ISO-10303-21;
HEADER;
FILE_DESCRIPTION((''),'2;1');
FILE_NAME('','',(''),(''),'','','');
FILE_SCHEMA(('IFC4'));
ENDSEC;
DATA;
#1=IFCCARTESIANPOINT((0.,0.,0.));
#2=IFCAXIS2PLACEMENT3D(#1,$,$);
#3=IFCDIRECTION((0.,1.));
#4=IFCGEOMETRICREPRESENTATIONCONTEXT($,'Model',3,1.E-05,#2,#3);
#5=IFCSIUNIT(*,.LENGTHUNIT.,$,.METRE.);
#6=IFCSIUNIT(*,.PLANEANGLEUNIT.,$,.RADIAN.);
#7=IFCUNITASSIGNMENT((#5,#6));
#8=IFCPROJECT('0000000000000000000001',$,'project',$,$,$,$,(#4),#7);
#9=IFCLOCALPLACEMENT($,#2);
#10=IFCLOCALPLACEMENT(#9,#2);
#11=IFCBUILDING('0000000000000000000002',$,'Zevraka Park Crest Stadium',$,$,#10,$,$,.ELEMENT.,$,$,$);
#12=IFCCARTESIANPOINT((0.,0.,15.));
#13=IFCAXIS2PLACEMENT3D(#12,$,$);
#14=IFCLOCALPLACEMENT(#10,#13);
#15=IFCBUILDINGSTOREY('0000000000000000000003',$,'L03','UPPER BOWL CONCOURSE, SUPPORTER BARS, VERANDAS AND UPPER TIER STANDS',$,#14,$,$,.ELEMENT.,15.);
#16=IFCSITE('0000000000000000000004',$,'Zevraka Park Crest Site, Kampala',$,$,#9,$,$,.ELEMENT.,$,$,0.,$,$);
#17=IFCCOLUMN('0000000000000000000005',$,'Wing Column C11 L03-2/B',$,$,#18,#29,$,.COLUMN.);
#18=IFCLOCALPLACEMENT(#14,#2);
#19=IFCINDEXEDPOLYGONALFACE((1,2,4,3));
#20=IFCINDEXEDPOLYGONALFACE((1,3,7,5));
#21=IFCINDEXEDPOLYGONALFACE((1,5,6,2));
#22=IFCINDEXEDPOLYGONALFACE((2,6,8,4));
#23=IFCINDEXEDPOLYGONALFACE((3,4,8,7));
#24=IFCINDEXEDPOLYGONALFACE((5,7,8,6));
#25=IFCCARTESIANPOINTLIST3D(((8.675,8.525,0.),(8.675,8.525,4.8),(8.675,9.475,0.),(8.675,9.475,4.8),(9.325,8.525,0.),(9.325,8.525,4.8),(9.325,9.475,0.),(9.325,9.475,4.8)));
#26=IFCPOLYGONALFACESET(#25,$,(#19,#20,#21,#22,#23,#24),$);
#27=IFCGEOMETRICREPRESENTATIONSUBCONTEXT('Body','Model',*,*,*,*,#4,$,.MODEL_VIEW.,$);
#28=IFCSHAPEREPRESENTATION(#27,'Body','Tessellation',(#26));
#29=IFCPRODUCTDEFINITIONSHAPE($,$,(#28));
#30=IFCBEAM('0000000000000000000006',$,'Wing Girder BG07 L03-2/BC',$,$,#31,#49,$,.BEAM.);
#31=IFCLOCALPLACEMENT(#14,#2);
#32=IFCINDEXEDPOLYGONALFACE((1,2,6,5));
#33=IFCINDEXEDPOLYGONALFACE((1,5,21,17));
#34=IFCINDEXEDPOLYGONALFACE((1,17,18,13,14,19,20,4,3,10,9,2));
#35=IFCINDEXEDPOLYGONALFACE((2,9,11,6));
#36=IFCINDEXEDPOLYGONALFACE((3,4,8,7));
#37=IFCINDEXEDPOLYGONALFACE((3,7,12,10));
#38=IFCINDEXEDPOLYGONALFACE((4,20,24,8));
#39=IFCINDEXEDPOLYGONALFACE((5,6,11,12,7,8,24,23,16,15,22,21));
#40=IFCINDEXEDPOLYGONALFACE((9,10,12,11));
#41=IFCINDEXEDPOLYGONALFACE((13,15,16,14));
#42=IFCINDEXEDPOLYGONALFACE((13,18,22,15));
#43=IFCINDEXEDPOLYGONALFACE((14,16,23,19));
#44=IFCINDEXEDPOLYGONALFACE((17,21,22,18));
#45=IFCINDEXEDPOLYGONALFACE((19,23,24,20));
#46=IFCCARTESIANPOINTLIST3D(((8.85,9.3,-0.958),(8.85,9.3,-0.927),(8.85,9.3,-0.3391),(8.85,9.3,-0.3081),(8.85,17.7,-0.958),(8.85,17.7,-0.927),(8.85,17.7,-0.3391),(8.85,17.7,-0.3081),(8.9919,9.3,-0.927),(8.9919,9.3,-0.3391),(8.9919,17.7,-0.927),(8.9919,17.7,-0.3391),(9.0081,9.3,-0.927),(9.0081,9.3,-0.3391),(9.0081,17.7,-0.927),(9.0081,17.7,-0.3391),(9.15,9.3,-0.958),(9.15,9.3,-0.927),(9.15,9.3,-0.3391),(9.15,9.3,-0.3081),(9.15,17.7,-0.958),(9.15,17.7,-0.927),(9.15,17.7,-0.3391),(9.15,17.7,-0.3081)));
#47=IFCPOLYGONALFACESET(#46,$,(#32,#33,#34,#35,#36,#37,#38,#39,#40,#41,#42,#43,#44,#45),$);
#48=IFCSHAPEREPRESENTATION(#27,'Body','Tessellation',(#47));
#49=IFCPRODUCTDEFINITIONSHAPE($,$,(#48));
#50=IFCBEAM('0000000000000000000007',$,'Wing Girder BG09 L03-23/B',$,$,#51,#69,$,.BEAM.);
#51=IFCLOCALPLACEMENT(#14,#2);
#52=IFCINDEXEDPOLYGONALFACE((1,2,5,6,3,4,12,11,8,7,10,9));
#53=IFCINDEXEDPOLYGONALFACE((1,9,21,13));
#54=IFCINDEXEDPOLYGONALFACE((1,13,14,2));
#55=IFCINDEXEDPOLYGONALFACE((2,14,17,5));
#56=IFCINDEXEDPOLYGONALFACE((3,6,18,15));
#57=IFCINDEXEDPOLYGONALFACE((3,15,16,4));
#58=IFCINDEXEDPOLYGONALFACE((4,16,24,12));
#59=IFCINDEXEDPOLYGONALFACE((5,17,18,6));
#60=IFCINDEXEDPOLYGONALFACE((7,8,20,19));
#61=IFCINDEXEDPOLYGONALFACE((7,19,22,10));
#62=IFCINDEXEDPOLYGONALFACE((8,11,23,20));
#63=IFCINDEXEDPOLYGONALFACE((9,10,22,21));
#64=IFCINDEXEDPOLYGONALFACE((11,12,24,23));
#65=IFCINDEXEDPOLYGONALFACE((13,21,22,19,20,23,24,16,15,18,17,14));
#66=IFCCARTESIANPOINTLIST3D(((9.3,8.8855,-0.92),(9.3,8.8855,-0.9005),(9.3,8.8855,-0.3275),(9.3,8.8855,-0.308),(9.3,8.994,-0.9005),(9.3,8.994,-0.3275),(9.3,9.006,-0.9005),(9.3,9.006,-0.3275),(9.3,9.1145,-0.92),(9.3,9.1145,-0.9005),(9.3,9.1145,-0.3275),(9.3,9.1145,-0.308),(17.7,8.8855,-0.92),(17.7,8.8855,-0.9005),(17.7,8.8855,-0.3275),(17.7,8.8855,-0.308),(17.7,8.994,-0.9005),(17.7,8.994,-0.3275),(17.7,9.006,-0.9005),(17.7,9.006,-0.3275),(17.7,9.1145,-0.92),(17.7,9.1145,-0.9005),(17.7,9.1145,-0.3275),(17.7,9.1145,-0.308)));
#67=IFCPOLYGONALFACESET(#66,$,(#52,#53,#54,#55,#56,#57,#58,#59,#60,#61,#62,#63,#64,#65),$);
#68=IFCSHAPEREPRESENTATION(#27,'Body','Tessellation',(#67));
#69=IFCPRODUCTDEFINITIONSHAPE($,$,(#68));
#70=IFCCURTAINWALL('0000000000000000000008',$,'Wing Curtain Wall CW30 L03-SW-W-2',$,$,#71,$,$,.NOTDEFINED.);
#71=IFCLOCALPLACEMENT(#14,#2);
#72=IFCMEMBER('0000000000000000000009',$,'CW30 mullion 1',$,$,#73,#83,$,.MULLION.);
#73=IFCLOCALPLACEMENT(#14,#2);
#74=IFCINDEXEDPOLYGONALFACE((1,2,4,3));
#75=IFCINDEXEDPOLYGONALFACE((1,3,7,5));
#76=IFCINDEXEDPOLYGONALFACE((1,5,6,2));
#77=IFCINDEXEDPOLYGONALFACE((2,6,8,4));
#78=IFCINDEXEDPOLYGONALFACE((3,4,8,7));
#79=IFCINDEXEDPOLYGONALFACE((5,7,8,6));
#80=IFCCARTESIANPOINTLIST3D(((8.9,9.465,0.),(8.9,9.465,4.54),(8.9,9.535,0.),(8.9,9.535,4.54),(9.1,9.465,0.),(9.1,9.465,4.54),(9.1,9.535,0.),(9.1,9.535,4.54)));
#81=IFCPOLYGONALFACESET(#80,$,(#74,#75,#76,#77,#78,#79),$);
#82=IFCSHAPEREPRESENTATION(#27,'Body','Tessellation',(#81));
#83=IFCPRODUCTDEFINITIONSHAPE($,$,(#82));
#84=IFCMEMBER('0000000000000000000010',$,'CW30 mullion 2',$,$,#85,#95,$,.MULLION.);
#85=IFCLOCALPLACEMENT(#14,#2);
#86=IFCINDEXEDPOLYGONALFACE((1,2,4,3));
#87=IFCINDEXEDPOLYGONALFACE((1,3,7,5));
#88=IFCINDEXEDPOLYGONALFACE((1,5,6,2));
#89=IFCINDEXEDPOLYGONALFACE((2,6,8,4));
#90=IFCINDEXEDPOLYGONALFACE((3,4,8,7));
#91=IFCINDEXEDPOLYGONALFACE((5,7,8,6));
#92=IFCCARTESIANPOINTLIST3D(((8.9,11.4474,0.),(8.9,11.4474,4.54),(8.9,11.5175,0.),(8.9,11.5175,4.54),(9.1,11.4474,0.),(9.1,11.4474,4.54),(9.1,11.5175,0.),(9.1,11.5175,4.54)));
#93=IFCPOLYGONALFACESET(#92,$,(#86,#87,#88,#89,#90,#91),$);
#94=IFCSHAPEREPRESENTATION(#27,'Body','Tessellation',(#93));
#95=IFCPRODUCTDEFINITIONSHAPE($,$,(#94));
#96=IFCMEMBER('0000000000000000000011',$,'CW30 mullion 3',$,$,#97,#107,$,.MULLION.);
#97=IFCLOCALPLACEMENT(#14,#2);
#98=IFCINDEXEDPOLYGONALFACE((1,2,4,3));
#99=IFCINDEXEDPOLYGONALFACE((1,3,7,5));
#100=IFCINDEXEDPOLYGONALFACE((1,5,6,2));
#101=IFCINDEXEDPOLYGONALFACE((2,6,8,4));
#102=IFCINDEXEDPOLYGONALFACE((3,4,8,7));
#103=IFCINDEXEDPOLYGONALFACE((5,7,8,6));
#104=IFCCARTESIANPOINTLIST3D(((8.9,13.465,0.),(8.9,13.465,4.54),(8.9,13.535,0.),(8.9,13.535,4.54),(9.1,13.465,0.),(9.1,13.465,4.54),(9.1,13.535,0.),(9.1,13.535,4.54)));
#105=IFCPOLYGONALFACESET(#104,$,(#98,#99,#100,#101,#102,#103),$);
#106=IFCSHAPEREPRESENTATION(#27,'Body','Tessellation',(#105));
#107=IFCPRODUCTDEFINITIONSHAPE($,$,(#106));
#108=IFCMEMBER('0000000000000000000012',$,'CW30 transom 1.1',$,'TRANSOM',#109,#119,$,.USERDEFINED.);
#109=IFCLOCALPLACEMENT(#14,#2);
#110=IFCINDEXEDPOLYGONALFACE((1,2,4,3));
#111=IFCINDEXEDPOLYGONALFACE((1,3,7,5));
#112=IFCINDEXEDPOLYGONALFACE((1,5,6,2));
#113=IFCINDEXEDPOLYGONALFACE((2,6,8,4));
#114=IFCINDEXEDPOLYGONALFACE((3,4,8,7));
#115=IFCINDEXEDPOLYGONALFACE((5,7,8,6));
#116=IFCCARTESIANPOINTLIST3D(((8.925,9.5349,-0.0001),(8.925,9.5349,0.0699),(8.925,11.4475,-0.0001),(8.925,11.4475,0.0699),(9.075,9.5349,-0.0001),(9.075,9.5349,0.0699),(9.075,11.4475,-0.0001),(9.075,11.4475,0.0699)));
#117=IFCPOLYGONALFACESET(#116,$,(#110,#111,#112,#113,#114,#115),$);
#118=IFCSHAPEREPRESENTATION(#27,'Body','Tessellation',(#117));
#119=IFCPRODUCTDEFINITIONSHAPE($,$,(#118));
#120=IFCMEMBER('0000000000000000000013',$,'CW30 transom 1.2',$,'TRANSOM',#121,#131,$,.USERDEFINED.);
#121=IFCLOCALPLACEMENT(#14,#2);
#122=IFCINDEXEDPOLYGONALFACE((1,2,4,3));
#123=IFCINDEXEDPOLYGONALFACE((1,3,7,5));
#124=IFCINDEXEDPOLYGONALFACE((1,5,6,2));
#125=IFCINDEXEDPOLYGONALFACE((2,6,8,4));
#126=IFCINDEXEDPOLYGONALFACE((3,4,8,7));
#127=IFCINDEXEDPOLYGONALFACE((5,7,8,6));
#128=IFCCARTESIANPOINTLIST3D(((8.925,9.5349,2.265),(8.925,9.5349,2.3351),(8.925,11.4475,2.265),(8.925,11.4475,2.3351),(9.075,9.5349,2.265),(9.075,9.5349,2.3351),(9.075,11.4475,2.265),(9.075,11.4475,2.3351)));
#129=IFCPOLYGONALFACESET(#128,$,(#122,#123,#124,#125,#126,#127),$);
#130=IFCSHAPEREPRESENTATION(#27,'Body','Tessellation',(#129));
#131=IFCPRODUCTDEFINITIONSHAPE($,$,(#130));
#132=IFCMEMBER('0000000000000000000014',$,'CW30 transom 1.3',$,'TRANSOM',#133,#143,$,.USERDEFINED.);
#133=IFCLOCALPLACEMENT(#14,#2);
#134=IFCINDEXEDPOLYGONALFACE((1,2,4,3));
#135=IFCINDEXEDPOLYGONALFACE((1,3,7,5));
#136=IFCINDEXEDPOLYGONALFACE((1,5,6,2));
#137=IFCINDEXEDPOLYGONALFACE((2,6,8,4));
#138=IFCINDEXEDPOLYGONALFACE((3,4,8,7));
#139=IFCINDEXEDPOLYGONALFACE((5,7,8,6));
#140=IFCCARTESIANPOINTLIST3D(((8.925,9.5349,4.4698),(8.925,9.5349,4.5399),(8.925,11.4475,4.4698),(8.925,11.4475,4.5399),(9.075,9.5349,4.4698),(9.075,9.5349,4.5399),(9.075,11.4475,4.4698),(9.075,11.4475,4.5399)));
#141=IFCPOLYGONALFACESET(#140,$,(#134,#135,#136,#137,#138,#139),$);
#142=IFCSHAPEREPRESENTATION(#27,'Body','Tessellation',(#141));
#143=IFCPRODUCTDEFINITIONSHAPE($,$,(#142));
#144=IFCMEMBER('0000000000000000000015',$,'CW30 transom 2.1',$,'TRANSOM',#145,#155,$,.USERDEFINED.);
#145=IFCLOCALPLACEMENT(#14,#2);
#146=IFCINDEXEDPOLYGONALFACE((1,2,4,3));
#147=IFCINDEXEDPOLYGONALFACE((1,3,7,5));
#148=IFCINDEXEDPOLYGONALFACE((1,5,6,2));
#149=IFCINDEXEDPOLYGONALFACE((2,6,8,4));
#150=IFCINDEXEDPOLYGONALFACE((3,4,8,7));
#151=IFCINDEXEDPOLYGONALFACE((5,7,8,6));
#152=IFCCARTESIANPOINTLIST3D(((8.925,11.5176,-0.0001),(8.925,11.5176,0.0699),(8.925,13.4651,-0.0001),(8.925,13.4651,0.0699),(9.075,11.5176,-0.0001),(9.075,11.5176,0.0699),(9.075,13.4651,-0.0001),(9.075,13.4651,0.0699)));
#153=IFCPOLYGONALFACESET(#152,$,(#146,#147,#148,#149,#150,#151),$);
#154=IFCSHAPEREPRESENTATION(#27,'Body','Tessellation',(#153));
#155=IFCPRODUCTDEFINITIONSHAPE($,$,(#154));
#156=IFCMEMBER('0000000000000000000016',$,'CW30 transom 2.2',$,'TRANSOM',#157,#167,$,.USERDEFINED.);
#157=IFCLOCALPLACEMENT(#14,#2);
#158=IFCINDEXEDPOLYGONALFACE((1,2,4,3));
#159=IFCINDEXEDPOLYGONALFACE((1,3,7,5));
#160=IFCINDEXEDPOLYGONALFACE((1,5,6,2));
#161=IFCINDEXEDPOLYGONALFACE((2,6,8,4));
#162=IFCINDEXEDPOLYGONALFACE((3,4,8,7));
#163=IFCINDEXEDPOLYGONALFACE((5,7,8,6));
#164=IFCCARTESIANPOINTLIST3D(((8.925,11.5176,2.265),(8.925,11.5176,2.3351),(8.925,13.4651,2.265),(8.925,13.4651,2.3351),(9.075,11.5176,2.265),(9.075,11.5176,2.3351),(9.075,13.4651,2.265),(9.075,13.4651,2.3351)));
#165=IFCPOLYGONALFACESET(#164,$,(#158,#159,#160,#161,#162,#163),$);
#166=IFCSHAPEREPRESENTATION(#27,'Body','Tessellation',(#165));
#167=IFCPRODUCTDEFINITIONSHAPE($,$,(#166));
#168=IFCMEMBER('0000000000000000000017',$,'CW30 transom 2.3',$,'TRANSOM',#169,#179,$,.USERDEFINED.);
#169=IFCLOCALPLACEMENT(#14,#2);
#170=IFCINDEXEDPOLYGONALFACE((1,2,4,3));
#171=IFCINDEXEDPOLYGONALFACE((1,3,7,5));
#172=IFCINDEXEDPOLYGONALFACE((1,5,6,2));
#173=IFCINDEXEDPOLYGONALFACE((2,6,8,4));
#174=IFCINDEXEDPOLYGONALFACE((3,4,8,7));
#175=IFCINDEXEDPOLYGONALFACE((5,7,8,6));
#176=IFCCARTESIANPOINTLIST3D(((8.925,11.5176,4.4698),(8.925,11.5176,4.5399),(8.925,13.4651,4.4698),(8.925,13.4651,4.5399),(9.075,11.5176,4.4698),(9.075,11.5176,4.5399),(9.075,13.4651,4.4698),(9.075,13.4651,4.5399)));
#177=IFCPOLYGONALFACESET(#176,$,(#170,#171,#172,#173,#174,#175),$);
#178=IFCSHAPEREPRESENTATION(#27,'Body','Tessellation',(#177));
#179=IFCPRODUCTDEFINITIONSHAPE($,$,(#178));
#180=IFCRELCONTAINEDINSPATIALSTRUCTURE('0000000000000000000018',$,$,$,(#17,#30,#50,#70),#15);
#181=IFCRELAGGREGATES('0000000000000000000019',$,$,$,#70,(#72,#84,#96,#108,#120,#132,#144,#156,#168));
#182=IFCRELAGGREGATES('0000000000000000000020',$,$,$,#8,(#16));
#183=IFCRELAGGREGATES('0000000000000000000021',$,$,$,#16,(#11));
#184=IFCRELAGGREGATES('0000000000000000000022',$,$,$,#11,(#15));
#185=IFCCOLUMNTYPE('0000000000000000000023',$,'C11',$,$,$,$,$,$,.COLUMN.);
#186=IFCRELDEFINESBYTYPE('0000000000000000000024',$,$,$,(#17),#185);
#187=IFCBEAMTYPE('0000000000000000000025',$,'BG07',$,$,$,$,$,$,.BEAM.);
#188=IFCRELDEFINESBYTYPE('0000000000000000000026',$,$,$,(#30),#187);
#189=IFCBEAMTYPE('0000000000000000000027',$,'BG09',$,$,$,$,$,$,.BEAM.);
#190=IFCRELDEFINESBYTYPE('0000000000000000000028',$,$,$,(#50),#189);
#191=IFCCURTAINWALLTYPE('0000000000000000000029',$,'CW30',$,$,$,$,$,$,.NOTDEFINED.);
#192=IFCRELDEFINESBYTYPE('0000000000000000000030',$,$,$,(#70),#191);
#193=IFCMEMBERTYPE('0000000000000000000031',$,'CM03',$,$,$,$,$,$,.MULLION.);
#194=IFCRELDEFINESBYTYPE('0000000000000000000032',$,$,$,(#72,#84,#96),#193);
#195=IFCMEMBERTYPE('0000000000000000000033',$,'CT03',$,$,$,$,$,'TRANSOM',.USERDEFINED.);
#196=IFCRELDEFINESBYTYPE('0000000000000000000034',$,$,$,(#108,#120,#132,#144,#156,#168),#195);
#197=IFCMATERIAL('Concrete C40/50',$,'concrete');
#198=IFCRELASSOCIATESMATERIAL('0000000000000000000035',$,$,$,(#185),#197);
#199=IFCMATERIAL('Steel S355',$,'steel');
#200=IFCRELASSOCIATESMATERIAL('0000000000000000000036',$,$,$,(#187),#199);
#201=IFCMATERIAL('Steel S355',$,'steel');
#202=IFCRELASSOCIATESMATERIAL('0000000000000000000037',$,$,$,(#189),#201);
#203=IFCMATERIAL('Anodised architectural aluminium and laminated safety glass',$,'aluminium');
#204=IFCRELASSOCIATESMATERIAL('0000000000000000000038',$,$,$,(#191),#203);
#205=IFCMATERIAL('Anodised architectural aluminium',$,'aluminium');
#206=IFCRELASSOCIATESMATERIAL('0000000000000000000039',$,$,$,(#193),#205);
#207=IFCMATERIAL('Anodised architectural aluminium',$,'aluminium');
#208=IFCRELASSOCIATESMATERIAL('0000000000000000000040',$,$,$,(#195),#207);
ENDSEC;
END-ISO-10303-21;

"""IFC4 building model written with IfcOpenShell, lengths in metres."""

from ifc_helpers import new_model, si_unit, direction, frame, origin, origin_2d, place, context, subcontext, project, spatial, rectangle, i_section, extrude, material, material_profile, profile_set, type_object, element, aggregate, save


model = new_model("IFC4")

# Units and contexts
model_context = context("Model", 3, precision=1e-05, world=origin(), true_north=direction((0.0, 1.0)))
body_context = subcontext(model_context, "Body", "Model", "MODEL_VIEW")
ifc_project = project(units=[si_unit("LENGTHUNIT", "METRE"), si_unit("PLANEANGLEUNIT", "RADIAN")], contexts=[model_context])

# Site, building, storey
site_placement = place(None, origin())
site = spatial("IfcSite", under=ifc_project, at=site_placement, Name="Zevraka Park Crest Site, Kampala", CompositionType="ELEMENT", RefElevation=0.0)
building_placement = place(site_placement, origin())
building = spatial("IfcBuilding", under=site, at=building_placement, Name="Zevraka Park Crest Stadium", CompositionType="ELEMENT")
storey_placement = place(building_placement, frame((0.0, 0.0, 15.0)))
storey = spatial("IfcBuildingStorey", under=building, at=storey_placement, Name="L03", Description="UPPER BOWL CONCOURSE, SUPPORTER BARS, VERANDAS AND UPPER TIER STANDS", CompositionType="ELEMENT", Elevation=15.0)

# Column
ifc_material_1 = material(Name="Concrete C40/50", Category="concrete")
ifc_material_profile_1 = material_profile(ifc_material_1, rectangle(XDim=0.6499, YDim=0.95, at=origin_2d()), Name="RC 950x650")
ifc_profile_set_1 = profile_set([ifc_material_profile_1], Name="Concrete C40/50")
column_type = type_object("IfcColumnType", Name="C11", PredefinedType="COLUMN", material=ifc_profile_set_1)
column_placement = place(storey_placement, frame((9.0, 9.0, 0.0), z_axis=(0.0, 0.0, 1.0), x_axis=(1.0, 0.0, 0.0)))
element("IfcColumn", 1, at=column_placement, inside=storey, type_object=column_type, Name="Wing Column C11 L03-2/B", PredefinedType="COLUMN", context=body_context, shape_type="SweptSolid", body=[
    extrude(rectangle(XDim=0.6499, YDim=0.95, at=origin_2d()), origin(), (0.0, 0.0, 1.0), 4.8),
])

# Beams
ifc_material_2 = material(Name="Steel S355", Category="steel")
ifc_material_profile_2 = material_profile(ifc_material_2, i_section(OverallWidth=0.3, OverallDepth=0.6499, WebThickness=0.0161, FlangeThickness=0.031, at=origin_2d()), Name="HEB 650")
ifc_profile_set_2 = profile_set([ifc_material_profile_2], Name="Steel S355")
beam_type_1 = type_object("IfcBeamType", Name="BG07", PredefinedType="BEAM", material=ifc_profile_set_2)
beam_1_placement = place(storey_placement, frame((9.0, 9.3, -0.6331), z_axis=(0.0, 1.0, 0.0), x_axis=(-1.0, 0.0, 0.0)))
element("IfcBeam", 2, at=beam_1_placement, inside=storey, type_object=beam_type_1, Name="Wing Girder BG07 L03-2/BC", PredefinedType="BEAM", context=body_context, shape_type="SweptSolid", body=[
    extrude(i_section(OverallWidth=0.3, OverallDepth=0.6499, WebThickness=0.0161, FlangeThickness=0.031, at=origin_2d()), origin(), (0.0, 0.0, 1.0), 8.3999),
])
ifc_material_3 = material(Name="Steel S355", Category="steel")
ifc_material_profile_3 = material_profile(ifc_material_3, i_section(OverallWidth=0.229, OverallDepth=0.6121, WebThickness=0.012, FlangeThickness=0.0195, at=origin_2d()), Name="UKB 610x229x125")
ifc_profile_set_3 = profile_set([ifc_material_profile_3], Name="Steel S355")
beam_type_2 = type_object("IfcBeamType", Name="BG09", PredefinedType="BEAM", material=ifc_profile_set_3)
beam_2_placement = place(storey_placement, frame((9.3, 9.0, -0.614), z_axis=(1.0, 0.0, 0.0), x_axis=(0.0, 1.0, 0.0)))
element("IfcBeam", 3, at=beam_2_placement, inside=storey, type_object=beam_type_2, Name="Wing Girder BG09 L03-23/B", PredefinedType="BEAM", context=body_context, shape_type="SweptSolid", body=[
    extrude(i_section(OverallWidth=0.229, OverallDepth=0.6121, WebThickness=0.012, FlangeThickness=0.0195, at=origin_2d()), origin(), (0.0, 0.0, 1.0), 8.3999),
])

# Curtain wall, members
ifc_material_4 = material(Name="Anodised architectural aluminium and laminated safety glass", Category="aluminium")
curtain_wall_type = type_object("IfcCurtainWallType", Name="CW30", PredefinedType="NOTDEFINED", material=ifc_material_4)
curtain_wall_placement = place(storey_placement, origin())
curtain_wall = element("IfcCurtainWall", 4, at=curtain_wall_placement, inside=storey, type_object=curtain_wall_type, Name="Wing Curtain Wall CW30 L03-SW-W-2", PredefinedType="NOTDEFINED")
ifc_material_5 = material(Name="Anodised architectural aluminium", Category="aluminium")
ifc_material_profile_4 = material_profile(ifc_material_5, rectangle(XDim=0.2, YDim=0.0701, at=origin_2d()), Name="ALU MULLION 200x70")
ifc_profile_set_4 = profile_set([ifc_material_profile_4], Name="Anodised architectural aluminium")
member_type_1 = type_object("IfcMemberType", Name="CM03", PredefinedType="MULLION", material=ifc_profile_set_4)
member_1_placement = place(storey_placement, frame((9.0, 9.5, 0.0), z_axis=(0.0, 0.0, 1.0), x_axis=(-1.0, 0.0, 0.0)))
member_1 = element("IfcMember", 5, at=member_1_placement, type_object=member_type_1, Name="CW30 mullion 1", PredefinedType="MULLION", context=body_context, shape_type="SweptSolid", body=[
    extrude(rectangle(XDim=0.2, YDim=0.0701, at=origin_2d()), origin(), (0.0, 0.0, 1.0), 4.54),
])
member_2_placement = place(storey_placement, frame((9.0, 11.4824, 0.0), z_axis=(0.0, 0.0, 1.0), x_axis=(-1.0, 0.0, 0.0)))
member_2 = element("IfcMember", 6, at=member_2_placement, type_object=member_type_1, Name="CW30 mullion 2", PredefinedType="MULLION", context=body_context, shape_type="SweptSolid", body=[
    extrude(rectangle(XDim=0.2, YDim=0.0701, at=origin_2d()), origin(), (0.0, 0.0, 1.0), 4.54),
])
member_3_placement = place(storey_placement, frame((9.0, 13.5, 0.0), z_axis=(0.0, 0.0, 1.0), x_axis=(-1.0, 0.0, 0.0)))
member_3 = element("IfcMember", 7, at=member_3_placement, type_object=member_type_1, Name="CW30 mullion 3", PredefinedType="MULLION", context=body_context, shape_type="SweptSolid", body=[
    extrude(rectangle(XDim=0.2, YDim=0.0701, at=origin_2d()), origin(), (0.0, 0.0, 1.0), 4.54),
])
ifc_material_6 = material(Name="Anodised architectural aluminium", Category="aluminium")
ifc_material_profile_5 = material_profile(ifc_material_6, rectangle(XDim=0.1499, YDim=0.0701, at=origin_2d()), Name="ALU TRANSOM 150x70")
ifc_profile_set_5 = profile_set([ifc_material_profile_5], Name="Anodised architectural aluminium")
member_type_2 = type_object("IfcMemberType", Name="CT03", ElementType="TRANSOM", PredefinedType="USERDEFINED", material=ifc_profile_set_5)
member_4_placement = place(storey_placement, frame((9.0, 9.5349, 0.0349), z_axis=(0.0, 1.0, 0.0), x_axis=(-1.0, 0.0, 0.0)))
member_4 = element("IfcMember", 8, at=member_4_placement, type_object=member_type_2, Name="CW30 transom 1.1", ObjectType="TRANSOM", PredefinedType="USERDEFINED", context=body_context, shape_type="SweptSolid", body=[
    extrude(rectangle(XDim=0.1499, YDim=0.0701, at=origin_2d()), origin(), (0.0, 0.0, 1.0), 1.9126),
])
member_5_placement = place(storey_placement, frame((9.0, 9.5349, 2.3), z_axis=(0.0, 1.0, 0.0), x_axis=(-1.0, 0.0, 0.0)))
member_5 = element("IfcMember", 9, at=member_5_placement, type_object=member_type_2, Name="CW30 transom 1.2", ObjectType="TRANSOM", PredefinedType="USERDEFINED", context=body_context, shape_type="SweptSolid", body=[
    extrude(rectangle(XDim=0.1499, YDim=0.0701, at=origin_2d()), origin(), (0.0, 0.0, 1.0), 1.9126),
])
member_6_placement = place(storey_placement, frame((9.0, 9.5349, 4.5049), z_axis=(0.0, 1.0, 0.0), x_axis=(-1.0, 0.0, 0.0)))
member_6 = element("IfcMember", 10, at=member_6_placement, type_object=member_type_2, Name="CW30 transom 1.3", ObjectType="TRANSOM", PredefinedType="USERDEFINED", context=body_context, shape_type="SweptSolid", body=[
    extrude(rectangle(XDim=0.1499, YDim=0.0701, at=origin_2d()), origin(), (0.0, 0.0, 1.0), 1.9126),
])
member_7_placement = place(storey_placement, frame((9.0, 11.5176, 0.0349), z_axis=(0.0, 1.0, 0.0), x_axis=(-1.0, 0.0, 0.0)))
member_7 = element("IfcMember", 11, at=member_7_placement, type_object=member_type_2, Name="CW30 transom 2.1", ObjectType="TRANSOM", PredefinedType="USERDEFINED", context=body_context, shape_type="SweptSolid", body=[
    extrude(rectangle(XDim=0.1499, YDim=0.0701, at=origin_2d()), origin(), (0.0, 0.0, 1.0), 1.9475),
])
member_8_placement = place(storey_placement, frame((9.0, 11.5176, 2.3), z_axis=(0.0, 1.0, 0.0), x_axis=(-1.0, 0.0, 0.0)))
member_8 = element("IfcMember", 12, at=member_8_placement, type_object=member_type_2, Name="CW30 transom 2.2", ObjectType="TRANSOM", PredefinedType="USERDEFINED", context=body_context, shape_type="SweptSolid", body=[
    extrude(rectangle(XDim=0.1499, YDim=0.0701, at=origin_2d()), origin(), (0.0, 0.0, 1.0), 1.9475),
])
member_9_placement = place(storey_placement, frame((9.0, 11.5176, 4.5049), z_axis=(0.0, 1.0, 0.0), x_axis=(-1.0, 0.0, 0.0)))
member_9 = element("IfcMember", 13, at=member_9_placement, type_object=member_type_2, Name="CW30 transom 2.3", ObjectType="TRANSOM", PredefinedType="USERDEFINED", context=body_context, shape_type="SweptSolid", body=[
    extrude(rectangle(XDim=0.1499, YDim=0.0701, at=origin_2d()), origin(), (0.0, 0.0, 1.0), 1.9475),
])

aggregate(curtain_wall, [member_1, member_2, member_3, member_4, member_5, member_6, member_7, member_8, member_9])

save(model, "model.ifc")
